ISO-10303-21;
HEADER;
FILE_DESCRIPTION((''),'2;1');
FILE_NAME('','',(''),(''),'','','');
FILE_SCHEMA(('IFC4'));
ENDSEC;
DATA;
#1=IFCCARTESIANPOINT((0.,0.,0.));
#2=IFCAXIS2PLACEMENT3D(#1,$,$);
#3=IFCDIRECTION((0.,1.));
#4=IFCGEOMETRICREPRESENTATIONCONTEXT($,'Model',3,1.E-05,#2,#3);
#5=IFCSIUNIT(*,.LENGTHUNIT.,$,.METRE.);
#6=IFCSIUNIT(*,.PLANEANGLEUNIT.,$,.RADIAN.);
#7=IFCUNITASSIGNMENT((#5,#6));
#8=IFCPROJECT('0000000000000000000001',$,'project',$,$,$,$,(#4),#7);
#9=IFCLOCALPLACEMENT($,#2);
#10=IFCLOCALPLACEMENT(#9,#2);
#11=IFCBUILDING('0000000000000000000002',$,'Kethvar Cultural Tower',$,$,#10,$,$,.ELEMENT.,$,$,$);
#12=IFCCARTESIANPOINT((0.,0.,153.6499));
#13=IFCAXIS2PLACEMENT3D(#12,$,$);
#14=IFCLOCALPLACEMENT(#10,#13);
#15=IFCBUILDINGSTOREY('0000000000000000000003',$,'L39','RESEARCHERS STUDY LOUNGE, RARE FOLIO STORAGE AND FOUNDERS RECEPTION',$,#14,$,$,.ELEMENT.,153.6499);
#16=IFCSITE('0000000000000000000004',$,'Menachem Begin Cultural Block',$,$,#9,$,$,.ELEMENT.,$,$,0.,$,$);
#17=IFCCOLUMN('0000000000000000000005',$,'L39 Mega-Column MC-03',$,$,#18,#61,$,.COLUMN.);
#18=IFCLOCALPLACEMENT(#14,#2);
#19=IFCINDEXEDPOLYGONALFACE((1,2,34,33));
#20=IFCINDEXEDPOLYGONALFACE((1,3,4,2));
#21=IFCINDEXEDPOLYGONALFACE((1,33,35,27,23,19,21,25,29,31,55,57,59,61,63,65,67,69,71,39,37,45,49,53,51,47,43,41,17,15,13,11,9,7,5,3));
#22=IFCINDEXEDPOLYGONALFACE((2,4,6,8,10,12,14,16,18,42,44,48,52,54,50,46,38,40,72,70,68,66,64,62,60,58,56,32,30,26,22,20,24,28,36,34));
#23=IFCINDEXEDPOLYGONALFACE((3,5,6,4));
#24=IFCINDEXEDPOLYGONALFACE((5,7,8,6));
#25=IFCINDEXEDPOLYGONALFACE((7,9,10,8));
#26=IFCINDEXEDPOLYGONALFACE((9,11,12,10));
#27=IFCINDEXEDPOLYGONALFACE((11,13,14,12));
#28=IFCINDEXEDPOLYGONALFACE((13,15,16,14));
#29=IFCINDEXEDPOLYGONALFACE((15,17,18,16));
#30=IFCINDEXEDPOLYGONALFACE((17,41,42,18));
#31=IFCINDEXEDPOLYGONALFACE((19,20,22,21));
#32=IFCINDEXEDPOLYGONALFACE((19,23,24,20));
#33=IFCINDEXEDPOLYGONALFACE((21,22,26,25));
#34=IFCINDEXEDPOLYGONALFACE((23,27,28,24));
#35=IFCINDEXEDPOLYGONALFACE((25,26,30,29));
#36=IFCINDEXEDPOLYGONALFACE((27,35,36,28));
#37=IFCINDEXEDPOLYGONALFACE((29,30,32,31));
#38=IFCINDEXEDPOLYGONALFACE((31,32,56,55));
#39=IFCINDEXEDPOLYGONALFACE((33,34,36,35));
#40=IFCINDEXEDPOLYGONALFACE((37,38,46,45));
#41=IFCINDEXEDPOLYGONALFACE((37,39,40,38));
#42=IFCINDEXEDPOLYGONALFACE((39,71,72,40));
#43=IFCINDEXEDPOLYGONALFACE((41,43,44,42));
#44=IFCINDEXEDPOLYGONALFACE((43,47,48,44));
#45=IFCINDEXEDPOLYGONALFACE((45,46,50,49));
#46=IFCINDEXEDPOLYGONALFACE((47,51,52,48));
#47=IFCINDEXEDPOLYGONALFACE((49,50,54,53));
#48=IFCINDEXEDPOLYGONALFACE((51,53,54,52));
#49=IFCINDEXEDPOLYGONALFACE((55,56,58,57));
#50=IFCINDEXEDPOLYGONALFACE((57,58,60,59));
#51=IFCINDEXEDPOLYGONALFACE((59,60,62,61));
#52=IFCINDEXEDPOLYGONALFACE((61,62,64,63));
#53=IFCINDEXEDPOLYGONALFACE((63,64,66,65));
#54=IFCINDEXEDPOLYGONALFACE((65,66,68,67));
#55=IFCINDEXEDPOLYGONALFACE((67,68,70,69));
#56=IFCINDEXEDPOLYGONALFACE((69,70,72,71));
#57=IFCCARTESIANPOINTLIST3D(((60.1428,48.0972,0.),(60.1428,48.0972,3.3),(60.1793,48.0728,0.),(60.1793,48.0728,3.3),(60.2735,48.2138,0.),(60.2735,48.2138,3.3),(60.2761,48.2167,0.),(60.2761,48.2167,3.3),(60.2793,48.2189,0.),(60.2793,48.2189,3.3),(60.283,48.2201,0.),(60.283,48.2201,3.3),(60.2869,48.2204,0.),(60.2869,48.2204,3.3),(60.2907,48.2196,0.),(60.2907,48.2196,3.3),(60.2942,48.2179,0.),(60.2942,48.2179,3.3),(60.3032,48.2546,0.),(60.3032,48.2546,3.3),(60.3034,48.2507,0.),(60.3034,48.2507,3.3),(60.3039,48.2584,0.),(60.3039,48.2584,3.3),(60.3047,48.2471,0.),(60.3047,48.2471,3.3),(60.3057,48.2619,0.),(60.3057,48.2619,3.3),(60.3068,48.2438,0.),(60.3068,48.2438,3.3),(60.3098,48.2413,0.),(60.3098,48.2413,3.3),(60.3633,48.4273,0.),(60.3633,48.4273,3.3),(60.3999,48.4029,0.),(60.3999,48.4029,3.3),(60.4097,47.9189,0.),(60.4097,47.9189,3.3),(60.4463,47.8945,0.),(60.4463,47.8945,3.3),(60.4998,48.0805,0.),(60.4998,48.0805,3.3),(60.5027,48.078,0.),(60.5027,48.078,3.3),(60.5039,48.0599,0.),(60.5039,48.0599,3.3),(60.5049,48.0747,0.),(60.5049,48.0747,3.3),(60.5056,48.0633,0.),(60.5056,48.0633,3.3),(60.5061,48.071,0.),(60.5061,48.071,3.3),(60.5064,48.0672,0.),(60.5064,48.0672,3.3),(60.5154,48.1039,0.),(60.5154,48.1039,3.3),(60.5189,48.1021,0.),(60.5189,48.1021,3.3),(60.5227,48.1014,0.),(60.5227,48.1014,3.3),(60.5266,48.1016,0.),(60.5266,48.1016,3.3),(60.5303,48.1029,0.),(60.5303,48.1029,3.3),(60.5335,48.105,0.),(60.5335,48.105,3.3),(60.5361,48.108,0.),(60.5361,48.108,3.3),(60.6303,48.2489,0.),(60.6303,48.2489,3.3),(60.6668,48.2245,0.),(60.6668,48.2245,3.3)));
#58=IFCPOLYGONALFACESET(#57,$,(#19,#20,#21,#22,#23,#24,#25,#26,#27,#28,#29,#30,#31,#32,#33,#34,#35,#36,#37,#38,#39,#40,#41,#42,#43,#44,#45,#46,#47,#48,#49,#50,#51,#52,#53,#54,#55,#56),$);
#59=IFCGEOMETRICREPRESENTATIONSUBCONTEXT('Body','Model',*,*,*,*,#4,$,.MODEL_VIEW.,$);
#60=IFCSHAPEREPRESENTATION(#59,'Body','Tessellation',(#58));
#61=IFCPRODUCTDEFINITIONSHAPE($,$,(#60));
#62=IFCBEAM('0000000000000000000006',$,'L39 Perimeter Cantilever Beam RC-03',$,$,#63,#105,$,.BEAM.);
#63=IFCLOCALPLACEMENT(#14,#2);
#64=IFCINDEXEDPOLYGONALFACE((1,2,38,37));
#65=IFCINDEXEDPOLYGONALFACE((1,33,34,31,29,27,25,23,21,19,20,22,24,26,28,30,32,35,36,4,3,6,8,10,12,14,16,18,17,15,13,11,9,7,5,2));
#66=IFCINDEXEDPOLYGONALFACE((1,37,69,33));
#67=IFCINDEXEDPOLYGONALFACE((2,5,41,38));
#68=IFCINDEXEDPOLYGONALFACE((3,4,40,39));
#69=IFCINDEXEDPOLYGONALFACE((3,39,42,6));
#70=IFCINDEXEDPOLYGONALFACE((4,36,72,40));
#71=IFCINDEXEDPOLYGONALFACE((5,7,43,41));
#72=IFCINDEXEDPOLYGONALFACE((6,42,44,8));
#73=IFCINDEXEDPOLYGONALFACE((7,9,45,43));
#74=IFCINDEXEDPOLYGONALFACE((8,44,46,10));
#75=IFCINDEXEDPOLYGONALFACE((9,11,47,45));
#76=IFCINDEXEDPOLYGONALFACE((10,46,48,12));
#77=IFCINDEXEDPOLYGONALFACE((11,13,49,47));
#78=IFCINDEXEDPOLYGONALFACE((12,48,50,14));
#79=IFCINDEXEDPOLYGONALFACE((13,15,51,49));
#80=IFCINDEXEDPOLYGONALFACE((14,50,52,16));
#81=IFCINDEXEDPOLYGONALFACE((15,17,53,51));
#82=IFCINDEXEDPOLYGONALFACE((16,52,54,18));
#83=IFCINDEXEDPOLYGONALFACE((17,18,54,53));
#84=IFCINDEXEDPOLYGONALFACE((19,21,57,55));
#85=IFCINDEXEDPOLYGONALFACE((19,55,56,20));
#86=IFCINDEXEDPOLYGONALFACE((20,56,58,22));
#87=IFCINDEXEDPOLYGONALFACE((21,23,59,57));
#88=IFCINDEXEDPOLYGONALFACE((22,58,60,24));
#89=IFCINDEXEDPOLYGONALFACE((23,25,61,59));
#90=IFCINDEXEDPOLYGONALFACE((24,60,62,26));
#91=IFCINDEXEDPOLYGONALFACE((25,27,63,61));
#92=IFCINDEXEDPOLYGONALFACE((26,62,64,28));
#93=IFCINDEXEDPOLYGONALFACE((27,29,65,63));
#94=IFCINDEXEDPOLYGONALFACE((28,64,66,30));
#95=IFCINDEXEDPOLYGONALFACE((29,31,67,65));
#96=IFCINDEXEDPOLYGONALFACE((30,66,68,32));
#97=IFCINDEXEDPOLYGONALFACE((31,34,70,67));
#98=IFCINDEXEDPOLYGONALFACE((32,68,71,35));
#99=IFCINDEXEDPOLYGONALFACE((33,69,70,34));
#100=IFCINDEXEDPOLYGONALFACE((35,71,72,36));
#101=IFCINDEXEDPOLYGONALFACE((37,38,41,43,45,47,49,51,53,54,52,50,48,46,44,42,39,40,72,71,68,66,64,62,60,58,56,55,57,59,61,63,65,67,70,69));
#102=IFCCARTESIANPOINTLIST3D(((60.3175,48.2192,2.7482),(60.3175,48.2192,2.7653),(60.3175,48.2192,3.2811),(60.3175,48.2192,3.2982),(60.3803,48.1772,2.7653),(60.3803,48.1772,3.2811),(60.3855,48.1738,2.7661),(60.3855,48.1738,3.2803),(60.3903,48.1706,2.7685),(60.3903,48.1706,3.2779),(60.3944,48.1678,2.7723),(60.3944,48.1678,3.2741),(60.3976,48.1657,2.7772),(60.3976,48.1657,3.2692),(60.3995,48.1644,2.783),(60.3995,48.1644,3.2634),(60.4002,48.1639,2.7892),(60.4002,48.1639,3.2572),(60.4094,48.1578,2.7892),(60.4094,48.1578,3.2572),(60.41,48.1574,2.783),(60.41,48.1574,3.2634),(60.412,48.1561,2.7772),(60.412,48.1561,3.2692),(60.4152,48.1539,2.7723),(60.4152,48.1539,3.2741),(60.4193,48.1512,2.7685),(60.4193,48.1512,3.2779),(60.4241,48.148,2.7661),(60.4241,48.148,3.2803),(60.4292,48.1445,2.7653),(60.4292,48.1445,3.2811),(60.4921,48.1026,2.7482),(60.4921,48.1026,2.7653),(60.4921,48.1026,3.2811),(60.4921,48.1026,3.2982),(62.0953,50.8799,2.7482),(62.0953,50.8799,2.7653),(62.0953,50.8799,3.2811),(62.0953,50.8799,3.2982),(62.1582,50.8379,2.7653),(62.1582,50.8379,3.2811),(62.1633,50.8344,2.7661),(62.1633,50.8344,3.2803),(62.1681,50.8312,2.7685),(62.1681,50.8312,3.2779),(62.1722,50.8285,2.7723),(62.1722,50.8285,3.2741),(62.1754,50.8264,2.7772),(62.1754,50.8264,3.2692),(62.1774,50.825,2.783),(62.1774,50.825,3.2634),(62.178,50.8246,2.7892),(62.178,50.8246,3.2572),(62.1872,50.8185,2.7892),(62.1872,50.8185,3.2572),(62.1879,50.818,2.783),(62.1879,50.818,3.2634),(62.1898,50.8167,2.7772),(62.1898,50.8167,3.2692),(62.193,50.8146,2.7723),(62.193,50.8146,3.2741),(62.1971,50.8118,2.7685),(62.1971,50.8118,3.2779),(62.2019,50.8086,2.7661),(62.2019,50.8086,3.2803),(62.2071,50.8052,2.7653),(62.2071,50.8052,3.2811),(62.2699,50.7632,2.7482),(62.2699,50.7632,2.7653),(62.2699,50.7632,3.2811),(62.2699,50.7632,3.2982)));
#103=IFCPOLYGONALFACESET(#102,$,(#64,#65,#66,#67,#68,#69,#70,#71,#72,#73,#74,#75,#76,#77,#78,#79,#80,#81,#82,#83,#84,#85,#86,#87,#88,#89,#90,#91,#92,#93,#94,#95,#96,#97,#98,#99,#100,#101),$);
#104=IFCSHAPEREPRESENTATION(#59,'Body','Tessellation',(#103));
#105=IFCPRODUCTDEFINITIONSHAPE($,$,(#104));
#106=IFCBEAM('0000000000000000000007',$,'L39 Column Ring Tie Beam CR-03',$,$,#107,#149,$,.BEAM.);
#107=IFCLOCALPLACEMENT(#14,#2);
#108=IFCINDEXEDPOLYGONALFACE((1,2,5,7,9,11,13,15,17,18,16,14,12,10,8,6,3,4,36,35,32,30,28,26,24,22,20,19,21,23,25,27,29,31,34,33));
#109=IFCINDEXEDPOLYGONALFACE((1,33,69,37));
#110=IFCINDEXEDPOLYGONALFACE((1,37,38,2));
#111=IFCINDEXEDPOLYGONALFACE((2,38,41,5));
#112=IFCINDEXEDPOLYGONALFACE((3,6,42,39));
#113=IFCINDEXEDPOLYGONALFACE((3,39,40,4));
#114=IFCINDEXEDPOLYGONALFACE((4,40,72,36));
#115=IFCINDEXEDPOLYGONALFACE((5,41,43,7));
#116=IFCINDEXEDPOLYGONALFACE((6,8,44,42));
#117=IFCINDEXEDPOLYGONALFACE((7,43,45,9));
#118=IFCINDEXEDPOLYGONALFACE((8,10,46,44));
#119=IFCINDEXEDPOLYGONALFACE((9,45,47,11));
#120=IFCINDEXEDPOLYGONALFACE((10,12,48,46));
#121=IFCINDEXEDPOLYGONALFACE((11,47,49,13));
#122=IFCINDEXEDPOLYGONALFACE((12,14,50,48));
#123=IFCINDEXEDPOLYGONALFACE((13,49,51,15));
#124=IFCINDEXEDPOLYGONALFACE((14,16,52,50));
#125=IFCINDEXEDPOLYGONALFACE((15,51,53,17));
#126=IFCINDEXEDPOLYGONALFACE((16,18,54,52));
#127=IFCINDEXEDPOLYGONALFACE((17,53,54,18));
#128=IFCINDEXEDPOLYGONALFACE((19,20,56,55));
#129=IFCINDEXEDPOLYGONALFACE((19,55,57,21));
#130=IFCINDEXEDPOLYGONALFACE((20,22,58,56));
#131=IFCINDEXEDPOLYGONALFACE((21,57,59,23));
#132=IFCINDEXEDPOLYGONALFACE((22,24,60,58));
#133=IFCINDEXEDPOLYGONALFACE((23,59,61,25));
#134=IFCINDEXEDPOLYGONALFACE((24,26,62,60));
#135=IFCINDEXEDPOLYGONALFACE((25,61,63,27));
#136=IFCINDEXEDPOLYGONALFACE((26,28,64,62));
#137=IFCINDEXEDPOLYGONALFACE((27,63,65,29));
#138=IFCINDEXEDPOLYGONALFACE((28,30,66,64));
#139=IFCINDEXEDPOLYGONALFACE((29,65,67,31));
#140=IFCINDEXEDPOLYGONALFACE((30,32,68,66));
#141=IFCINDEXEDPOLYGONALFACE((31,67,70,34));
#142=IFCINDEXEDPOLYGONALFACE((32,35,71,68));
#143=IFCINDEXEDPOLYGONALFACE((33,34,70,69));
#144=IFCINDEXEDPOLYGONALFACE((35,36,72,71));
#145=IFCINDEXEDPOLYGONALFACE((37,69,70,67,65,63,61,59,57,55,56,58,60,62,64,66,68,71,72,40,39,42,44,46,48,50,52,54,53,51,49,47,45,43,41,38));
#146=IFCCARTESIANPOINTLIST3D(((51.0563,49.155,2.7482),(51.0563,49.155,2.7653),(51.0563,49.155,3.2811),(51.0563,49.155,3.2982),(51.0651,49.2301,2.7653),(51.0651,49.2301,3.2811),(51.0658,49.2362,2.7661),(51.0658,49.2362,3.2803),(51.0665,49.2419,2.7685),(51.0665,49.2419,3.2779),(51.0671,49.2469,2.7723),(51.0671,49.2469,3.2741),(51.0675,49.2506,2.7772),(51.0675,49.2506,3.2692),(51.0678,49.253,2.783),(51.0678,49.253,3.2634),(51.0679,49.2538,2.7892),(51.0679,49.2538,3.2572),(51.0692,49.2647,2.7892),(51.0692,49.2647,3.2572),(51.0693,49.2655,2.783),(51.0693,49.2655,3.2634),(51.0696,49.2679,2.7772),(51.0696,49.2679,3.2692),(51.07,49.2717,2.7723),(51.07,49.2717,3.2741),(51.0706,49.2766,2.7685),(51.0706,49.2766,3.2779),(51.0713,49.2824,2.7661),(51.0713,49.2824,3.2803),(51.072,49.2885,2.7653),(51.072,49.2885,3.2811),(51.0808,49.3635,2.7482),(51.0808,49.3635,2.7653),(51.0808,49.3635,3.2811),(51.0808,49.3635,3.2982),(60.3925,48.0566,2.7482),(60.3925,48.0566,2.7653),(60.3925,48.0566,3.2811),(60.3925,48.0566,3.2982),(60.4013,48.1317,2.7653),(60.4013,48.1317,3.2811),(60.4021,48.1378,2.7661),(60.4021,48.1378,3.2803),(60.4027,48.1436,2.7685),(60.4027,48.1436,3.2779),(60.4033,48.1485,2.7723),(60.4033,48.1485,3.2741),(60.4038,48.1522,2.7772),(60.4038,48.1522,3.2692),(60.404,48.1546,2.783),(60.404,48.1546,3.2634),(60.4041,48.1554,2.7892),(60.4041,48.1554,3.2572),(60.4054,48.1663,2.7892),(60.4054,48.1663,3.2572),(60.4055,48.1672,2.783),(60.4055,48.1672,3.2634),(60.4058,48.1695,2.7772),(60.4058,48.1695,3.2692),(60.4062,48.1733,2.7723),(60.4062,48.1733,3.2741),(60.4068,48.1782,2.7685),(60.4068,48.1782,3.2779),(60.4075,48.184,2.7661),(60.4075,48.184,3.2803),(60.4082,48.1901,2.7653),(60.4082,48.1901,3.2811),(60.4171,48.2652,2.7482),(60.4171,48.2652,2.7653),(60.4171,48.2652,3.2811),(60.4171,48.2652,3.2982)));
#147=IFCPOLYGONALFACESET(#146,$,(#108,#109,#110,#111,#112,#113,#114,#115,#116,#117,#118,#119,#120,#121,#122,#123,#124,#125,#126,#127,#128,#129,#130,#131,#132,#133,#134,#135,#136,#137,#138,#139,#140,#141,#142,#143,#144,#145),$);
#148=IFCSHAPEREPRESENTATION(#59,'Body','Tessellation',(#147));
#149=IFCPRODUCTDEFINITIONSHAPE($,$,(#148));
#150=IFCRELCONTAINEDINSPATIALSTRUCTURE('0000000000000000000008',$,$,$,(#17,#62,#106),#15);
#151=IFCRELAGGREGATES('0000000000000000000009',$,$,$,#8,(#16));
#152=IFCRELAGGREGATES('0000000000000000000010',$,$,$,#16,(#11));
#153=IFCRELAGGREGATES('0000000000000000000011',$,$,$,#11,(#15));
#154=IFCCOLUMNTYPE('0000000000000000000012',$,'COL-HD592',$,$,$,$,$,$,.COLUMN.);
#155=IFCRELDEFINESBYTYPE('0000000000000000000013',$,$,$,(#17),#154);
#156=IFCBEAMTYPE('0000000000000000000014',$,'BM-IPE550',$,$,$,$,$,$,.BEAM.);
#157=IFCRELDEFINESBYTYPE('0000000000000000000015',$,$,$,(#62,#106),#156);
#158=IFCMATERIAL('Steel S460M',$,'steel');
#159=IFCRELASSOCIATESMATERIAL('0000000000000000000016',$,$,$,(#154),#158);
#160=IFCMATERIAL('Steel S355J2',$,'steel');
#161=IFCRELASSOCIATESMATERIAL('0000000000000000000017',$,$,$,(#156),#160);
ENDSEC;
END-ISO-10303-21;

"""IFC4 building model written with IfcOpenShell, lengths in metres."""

from ifc_helpers import new_model, si_unit, direction, frame, origin, origin_2d, place, context, subcontext, project, spatial, i_section, extrude, source, transform, mapped, material, material_profile, profile_set, type_object, element, save


model = new_model("IFC4")

# Units and contexts
model_context = context("Model", 3, precision=1e-05, world=origin(), true_north=direction((0.0, 1.0)))
body_context = subcontext(model_context, "Body", "Model", "MODEL_VIEW")
ifc_project = project(units=[si_unit("LENGTHUNIT", "METRE"), si_unit("PLANEANGLEUNIT", "RADIAN")], contexts=[model_context])

# Site, building, storey
site_placement = place(None, origin())
site = spatial("IfcSite", under=ifc_project, at=site_placement, Name="Menachem Begin Cultural Block", CompositionType="ELEMENT", RefElevation=0.0)
building_placement = place(site_placement, origin())
building = spatial("IfcBuilding", under=site, at=building_placement, Name="Kethvar Cultural Tower", CompositionType="ELEMENT")
storey_placement = place(building_placement, frame((0.0, 0.0, 153.6499)))
storey = spatial("IfcBuildingStorey", under=building, at=storey_placement, Name="L39", Description="RESEARCHERS STUDY LOUNGE, RARE FOLIO STORAGE AND FOUNDERS RECEPTION", CompositionType="ELEMENT", Elevation=153.6499)

# Column
ifc_material_1 = material(Name="Steel S460M", Category="steel")
ifc_material_profile_1 = material_profile(ifc_material_1, i_section(OverallWidth=0.397, OverallDepth=0.365, WebThickness=0.0281, FlangeThickness=0.0439, FilletRadius=0.0149, at=origin_2d()), Name="Steel S460M — HD400x592")
ifc_profile_set_1 = profile_set([ifc_material_profile_1], Name="Steel S460M — HD400x592")
column_type = type_object("IfcColumnType", Name="COL-HD592", PredefinedType="COLUMN", material=ifc_profile_set_1)
shared_shape_1 = source(origin(), body_context, "Body", "SweptSolid", [
    extrude(i_section(OverallWidth=0.397, OverallDepth=0.365, WebThickness=0.0281, FlangeThickness=0.0439, FilletRadius=0.0149, at=origin_2d()), origin(), (0.0, 0.0, 1.0), 3.3),
])
column_placement = place(storey_placement, frame((60.4048, 48.1609, 0.0), z_axis=(0.0, 0.0, 1.0), x_axis=(0.55557, 0.83147, 0.0)))
element("IfcColumn", 1, at=column_placement, inside=storey, type_object=column_type, Name="L39 Mega-Column MC-03", PredefinedType="COLUMN", context=body_context, shape_type="MappedRepresentation", body=[
    mapped(shared_shape_1, transform((0.0, 0.0, 0.0), scale=1.0)),
])

# Beams
ifc_material_2 = material(Name="Steel S355J2", Category="steel")
ifc_material_profile_2 = material_profile(ifc_material_2, i_section(OverallWidth=0.21, OverallDepth=0.55, WebThickness=0.011, FlangeThickness=0.0171, FilletRadius=0.0239, at=origin_2d()), Name="Steel S355J2 — IPE550")
ifc_profile_set_2 = profile_set([ifc_material_profile_2], Name="Steel S355J2 — IPE550")
beam_type_1 = type_object("IfcBeamType", Name="BM-IPE550", PredefinedType="BEAM", material=ifc_profile_set_2)
shared_shape_2 = source(origin(), body_context, "Body", "SweptSolid", [
    extrude(i_section(OverallWidth=0.21, OverallDepth=0.55, WebThickness=0.011, FlangeThickness=0.0171, FilletRadius=0.0239, at=origin_2d()), origin(), (0.0, 0.0, 1.0), 3.2),
])
beam_1_placement = place(storey_placement, frame((60.4048, 48.1609, 3.0232), z_axis=(0.55558, 0.831463, 0.0), x_axis=(-0.831463, 0.55558, 0.0)))
element("IfcBeam", 2, at=beam_1_placement, inside=storey, type_object=beam_type_1, Name="L39 Perimeter Cantilever Beam RC-03", PredefinedType="BEAM", context=body_context, shape_type="MappedRepresentation", body=[
    mapped(shared_shape_2, transform((0.0, 0.0, 0.0), scale=1.0)),
])
shared_shape_3 = source(origin(), body_context, "Body", "SweptSolid", [
    extrude(i_section(OverallWidth=0.21, OverallDepth=0.55, WebThickness=0.011, FlangeThickness=0.0171, FilletRadius=0.0239, at=origin_2d()), origin(), (0.0, 0.0, 1.0), 9.4006),
])
beam_2_placement = place(storey_placement, frame((60.4048, 48.1609, 3.0232), z_axis=(-0.99315, 0.116843, 0.0), x_axis=(-0.116843, -0.99315, 0.0)))
element("IfcBeam", 3, at=beam_2_placement, inside=storey, type_object=beam_type_1, Name="L39 Column Ring Tie Beam CR-03", PredefinedType="BEAM", context=body_context, shape_type="MappedRepresentation", body=[
    mapped(shared_shape_3, transform((0.0, 0.0, 0.0), scale=1.0)),
])

save(model, "model.ifc")
